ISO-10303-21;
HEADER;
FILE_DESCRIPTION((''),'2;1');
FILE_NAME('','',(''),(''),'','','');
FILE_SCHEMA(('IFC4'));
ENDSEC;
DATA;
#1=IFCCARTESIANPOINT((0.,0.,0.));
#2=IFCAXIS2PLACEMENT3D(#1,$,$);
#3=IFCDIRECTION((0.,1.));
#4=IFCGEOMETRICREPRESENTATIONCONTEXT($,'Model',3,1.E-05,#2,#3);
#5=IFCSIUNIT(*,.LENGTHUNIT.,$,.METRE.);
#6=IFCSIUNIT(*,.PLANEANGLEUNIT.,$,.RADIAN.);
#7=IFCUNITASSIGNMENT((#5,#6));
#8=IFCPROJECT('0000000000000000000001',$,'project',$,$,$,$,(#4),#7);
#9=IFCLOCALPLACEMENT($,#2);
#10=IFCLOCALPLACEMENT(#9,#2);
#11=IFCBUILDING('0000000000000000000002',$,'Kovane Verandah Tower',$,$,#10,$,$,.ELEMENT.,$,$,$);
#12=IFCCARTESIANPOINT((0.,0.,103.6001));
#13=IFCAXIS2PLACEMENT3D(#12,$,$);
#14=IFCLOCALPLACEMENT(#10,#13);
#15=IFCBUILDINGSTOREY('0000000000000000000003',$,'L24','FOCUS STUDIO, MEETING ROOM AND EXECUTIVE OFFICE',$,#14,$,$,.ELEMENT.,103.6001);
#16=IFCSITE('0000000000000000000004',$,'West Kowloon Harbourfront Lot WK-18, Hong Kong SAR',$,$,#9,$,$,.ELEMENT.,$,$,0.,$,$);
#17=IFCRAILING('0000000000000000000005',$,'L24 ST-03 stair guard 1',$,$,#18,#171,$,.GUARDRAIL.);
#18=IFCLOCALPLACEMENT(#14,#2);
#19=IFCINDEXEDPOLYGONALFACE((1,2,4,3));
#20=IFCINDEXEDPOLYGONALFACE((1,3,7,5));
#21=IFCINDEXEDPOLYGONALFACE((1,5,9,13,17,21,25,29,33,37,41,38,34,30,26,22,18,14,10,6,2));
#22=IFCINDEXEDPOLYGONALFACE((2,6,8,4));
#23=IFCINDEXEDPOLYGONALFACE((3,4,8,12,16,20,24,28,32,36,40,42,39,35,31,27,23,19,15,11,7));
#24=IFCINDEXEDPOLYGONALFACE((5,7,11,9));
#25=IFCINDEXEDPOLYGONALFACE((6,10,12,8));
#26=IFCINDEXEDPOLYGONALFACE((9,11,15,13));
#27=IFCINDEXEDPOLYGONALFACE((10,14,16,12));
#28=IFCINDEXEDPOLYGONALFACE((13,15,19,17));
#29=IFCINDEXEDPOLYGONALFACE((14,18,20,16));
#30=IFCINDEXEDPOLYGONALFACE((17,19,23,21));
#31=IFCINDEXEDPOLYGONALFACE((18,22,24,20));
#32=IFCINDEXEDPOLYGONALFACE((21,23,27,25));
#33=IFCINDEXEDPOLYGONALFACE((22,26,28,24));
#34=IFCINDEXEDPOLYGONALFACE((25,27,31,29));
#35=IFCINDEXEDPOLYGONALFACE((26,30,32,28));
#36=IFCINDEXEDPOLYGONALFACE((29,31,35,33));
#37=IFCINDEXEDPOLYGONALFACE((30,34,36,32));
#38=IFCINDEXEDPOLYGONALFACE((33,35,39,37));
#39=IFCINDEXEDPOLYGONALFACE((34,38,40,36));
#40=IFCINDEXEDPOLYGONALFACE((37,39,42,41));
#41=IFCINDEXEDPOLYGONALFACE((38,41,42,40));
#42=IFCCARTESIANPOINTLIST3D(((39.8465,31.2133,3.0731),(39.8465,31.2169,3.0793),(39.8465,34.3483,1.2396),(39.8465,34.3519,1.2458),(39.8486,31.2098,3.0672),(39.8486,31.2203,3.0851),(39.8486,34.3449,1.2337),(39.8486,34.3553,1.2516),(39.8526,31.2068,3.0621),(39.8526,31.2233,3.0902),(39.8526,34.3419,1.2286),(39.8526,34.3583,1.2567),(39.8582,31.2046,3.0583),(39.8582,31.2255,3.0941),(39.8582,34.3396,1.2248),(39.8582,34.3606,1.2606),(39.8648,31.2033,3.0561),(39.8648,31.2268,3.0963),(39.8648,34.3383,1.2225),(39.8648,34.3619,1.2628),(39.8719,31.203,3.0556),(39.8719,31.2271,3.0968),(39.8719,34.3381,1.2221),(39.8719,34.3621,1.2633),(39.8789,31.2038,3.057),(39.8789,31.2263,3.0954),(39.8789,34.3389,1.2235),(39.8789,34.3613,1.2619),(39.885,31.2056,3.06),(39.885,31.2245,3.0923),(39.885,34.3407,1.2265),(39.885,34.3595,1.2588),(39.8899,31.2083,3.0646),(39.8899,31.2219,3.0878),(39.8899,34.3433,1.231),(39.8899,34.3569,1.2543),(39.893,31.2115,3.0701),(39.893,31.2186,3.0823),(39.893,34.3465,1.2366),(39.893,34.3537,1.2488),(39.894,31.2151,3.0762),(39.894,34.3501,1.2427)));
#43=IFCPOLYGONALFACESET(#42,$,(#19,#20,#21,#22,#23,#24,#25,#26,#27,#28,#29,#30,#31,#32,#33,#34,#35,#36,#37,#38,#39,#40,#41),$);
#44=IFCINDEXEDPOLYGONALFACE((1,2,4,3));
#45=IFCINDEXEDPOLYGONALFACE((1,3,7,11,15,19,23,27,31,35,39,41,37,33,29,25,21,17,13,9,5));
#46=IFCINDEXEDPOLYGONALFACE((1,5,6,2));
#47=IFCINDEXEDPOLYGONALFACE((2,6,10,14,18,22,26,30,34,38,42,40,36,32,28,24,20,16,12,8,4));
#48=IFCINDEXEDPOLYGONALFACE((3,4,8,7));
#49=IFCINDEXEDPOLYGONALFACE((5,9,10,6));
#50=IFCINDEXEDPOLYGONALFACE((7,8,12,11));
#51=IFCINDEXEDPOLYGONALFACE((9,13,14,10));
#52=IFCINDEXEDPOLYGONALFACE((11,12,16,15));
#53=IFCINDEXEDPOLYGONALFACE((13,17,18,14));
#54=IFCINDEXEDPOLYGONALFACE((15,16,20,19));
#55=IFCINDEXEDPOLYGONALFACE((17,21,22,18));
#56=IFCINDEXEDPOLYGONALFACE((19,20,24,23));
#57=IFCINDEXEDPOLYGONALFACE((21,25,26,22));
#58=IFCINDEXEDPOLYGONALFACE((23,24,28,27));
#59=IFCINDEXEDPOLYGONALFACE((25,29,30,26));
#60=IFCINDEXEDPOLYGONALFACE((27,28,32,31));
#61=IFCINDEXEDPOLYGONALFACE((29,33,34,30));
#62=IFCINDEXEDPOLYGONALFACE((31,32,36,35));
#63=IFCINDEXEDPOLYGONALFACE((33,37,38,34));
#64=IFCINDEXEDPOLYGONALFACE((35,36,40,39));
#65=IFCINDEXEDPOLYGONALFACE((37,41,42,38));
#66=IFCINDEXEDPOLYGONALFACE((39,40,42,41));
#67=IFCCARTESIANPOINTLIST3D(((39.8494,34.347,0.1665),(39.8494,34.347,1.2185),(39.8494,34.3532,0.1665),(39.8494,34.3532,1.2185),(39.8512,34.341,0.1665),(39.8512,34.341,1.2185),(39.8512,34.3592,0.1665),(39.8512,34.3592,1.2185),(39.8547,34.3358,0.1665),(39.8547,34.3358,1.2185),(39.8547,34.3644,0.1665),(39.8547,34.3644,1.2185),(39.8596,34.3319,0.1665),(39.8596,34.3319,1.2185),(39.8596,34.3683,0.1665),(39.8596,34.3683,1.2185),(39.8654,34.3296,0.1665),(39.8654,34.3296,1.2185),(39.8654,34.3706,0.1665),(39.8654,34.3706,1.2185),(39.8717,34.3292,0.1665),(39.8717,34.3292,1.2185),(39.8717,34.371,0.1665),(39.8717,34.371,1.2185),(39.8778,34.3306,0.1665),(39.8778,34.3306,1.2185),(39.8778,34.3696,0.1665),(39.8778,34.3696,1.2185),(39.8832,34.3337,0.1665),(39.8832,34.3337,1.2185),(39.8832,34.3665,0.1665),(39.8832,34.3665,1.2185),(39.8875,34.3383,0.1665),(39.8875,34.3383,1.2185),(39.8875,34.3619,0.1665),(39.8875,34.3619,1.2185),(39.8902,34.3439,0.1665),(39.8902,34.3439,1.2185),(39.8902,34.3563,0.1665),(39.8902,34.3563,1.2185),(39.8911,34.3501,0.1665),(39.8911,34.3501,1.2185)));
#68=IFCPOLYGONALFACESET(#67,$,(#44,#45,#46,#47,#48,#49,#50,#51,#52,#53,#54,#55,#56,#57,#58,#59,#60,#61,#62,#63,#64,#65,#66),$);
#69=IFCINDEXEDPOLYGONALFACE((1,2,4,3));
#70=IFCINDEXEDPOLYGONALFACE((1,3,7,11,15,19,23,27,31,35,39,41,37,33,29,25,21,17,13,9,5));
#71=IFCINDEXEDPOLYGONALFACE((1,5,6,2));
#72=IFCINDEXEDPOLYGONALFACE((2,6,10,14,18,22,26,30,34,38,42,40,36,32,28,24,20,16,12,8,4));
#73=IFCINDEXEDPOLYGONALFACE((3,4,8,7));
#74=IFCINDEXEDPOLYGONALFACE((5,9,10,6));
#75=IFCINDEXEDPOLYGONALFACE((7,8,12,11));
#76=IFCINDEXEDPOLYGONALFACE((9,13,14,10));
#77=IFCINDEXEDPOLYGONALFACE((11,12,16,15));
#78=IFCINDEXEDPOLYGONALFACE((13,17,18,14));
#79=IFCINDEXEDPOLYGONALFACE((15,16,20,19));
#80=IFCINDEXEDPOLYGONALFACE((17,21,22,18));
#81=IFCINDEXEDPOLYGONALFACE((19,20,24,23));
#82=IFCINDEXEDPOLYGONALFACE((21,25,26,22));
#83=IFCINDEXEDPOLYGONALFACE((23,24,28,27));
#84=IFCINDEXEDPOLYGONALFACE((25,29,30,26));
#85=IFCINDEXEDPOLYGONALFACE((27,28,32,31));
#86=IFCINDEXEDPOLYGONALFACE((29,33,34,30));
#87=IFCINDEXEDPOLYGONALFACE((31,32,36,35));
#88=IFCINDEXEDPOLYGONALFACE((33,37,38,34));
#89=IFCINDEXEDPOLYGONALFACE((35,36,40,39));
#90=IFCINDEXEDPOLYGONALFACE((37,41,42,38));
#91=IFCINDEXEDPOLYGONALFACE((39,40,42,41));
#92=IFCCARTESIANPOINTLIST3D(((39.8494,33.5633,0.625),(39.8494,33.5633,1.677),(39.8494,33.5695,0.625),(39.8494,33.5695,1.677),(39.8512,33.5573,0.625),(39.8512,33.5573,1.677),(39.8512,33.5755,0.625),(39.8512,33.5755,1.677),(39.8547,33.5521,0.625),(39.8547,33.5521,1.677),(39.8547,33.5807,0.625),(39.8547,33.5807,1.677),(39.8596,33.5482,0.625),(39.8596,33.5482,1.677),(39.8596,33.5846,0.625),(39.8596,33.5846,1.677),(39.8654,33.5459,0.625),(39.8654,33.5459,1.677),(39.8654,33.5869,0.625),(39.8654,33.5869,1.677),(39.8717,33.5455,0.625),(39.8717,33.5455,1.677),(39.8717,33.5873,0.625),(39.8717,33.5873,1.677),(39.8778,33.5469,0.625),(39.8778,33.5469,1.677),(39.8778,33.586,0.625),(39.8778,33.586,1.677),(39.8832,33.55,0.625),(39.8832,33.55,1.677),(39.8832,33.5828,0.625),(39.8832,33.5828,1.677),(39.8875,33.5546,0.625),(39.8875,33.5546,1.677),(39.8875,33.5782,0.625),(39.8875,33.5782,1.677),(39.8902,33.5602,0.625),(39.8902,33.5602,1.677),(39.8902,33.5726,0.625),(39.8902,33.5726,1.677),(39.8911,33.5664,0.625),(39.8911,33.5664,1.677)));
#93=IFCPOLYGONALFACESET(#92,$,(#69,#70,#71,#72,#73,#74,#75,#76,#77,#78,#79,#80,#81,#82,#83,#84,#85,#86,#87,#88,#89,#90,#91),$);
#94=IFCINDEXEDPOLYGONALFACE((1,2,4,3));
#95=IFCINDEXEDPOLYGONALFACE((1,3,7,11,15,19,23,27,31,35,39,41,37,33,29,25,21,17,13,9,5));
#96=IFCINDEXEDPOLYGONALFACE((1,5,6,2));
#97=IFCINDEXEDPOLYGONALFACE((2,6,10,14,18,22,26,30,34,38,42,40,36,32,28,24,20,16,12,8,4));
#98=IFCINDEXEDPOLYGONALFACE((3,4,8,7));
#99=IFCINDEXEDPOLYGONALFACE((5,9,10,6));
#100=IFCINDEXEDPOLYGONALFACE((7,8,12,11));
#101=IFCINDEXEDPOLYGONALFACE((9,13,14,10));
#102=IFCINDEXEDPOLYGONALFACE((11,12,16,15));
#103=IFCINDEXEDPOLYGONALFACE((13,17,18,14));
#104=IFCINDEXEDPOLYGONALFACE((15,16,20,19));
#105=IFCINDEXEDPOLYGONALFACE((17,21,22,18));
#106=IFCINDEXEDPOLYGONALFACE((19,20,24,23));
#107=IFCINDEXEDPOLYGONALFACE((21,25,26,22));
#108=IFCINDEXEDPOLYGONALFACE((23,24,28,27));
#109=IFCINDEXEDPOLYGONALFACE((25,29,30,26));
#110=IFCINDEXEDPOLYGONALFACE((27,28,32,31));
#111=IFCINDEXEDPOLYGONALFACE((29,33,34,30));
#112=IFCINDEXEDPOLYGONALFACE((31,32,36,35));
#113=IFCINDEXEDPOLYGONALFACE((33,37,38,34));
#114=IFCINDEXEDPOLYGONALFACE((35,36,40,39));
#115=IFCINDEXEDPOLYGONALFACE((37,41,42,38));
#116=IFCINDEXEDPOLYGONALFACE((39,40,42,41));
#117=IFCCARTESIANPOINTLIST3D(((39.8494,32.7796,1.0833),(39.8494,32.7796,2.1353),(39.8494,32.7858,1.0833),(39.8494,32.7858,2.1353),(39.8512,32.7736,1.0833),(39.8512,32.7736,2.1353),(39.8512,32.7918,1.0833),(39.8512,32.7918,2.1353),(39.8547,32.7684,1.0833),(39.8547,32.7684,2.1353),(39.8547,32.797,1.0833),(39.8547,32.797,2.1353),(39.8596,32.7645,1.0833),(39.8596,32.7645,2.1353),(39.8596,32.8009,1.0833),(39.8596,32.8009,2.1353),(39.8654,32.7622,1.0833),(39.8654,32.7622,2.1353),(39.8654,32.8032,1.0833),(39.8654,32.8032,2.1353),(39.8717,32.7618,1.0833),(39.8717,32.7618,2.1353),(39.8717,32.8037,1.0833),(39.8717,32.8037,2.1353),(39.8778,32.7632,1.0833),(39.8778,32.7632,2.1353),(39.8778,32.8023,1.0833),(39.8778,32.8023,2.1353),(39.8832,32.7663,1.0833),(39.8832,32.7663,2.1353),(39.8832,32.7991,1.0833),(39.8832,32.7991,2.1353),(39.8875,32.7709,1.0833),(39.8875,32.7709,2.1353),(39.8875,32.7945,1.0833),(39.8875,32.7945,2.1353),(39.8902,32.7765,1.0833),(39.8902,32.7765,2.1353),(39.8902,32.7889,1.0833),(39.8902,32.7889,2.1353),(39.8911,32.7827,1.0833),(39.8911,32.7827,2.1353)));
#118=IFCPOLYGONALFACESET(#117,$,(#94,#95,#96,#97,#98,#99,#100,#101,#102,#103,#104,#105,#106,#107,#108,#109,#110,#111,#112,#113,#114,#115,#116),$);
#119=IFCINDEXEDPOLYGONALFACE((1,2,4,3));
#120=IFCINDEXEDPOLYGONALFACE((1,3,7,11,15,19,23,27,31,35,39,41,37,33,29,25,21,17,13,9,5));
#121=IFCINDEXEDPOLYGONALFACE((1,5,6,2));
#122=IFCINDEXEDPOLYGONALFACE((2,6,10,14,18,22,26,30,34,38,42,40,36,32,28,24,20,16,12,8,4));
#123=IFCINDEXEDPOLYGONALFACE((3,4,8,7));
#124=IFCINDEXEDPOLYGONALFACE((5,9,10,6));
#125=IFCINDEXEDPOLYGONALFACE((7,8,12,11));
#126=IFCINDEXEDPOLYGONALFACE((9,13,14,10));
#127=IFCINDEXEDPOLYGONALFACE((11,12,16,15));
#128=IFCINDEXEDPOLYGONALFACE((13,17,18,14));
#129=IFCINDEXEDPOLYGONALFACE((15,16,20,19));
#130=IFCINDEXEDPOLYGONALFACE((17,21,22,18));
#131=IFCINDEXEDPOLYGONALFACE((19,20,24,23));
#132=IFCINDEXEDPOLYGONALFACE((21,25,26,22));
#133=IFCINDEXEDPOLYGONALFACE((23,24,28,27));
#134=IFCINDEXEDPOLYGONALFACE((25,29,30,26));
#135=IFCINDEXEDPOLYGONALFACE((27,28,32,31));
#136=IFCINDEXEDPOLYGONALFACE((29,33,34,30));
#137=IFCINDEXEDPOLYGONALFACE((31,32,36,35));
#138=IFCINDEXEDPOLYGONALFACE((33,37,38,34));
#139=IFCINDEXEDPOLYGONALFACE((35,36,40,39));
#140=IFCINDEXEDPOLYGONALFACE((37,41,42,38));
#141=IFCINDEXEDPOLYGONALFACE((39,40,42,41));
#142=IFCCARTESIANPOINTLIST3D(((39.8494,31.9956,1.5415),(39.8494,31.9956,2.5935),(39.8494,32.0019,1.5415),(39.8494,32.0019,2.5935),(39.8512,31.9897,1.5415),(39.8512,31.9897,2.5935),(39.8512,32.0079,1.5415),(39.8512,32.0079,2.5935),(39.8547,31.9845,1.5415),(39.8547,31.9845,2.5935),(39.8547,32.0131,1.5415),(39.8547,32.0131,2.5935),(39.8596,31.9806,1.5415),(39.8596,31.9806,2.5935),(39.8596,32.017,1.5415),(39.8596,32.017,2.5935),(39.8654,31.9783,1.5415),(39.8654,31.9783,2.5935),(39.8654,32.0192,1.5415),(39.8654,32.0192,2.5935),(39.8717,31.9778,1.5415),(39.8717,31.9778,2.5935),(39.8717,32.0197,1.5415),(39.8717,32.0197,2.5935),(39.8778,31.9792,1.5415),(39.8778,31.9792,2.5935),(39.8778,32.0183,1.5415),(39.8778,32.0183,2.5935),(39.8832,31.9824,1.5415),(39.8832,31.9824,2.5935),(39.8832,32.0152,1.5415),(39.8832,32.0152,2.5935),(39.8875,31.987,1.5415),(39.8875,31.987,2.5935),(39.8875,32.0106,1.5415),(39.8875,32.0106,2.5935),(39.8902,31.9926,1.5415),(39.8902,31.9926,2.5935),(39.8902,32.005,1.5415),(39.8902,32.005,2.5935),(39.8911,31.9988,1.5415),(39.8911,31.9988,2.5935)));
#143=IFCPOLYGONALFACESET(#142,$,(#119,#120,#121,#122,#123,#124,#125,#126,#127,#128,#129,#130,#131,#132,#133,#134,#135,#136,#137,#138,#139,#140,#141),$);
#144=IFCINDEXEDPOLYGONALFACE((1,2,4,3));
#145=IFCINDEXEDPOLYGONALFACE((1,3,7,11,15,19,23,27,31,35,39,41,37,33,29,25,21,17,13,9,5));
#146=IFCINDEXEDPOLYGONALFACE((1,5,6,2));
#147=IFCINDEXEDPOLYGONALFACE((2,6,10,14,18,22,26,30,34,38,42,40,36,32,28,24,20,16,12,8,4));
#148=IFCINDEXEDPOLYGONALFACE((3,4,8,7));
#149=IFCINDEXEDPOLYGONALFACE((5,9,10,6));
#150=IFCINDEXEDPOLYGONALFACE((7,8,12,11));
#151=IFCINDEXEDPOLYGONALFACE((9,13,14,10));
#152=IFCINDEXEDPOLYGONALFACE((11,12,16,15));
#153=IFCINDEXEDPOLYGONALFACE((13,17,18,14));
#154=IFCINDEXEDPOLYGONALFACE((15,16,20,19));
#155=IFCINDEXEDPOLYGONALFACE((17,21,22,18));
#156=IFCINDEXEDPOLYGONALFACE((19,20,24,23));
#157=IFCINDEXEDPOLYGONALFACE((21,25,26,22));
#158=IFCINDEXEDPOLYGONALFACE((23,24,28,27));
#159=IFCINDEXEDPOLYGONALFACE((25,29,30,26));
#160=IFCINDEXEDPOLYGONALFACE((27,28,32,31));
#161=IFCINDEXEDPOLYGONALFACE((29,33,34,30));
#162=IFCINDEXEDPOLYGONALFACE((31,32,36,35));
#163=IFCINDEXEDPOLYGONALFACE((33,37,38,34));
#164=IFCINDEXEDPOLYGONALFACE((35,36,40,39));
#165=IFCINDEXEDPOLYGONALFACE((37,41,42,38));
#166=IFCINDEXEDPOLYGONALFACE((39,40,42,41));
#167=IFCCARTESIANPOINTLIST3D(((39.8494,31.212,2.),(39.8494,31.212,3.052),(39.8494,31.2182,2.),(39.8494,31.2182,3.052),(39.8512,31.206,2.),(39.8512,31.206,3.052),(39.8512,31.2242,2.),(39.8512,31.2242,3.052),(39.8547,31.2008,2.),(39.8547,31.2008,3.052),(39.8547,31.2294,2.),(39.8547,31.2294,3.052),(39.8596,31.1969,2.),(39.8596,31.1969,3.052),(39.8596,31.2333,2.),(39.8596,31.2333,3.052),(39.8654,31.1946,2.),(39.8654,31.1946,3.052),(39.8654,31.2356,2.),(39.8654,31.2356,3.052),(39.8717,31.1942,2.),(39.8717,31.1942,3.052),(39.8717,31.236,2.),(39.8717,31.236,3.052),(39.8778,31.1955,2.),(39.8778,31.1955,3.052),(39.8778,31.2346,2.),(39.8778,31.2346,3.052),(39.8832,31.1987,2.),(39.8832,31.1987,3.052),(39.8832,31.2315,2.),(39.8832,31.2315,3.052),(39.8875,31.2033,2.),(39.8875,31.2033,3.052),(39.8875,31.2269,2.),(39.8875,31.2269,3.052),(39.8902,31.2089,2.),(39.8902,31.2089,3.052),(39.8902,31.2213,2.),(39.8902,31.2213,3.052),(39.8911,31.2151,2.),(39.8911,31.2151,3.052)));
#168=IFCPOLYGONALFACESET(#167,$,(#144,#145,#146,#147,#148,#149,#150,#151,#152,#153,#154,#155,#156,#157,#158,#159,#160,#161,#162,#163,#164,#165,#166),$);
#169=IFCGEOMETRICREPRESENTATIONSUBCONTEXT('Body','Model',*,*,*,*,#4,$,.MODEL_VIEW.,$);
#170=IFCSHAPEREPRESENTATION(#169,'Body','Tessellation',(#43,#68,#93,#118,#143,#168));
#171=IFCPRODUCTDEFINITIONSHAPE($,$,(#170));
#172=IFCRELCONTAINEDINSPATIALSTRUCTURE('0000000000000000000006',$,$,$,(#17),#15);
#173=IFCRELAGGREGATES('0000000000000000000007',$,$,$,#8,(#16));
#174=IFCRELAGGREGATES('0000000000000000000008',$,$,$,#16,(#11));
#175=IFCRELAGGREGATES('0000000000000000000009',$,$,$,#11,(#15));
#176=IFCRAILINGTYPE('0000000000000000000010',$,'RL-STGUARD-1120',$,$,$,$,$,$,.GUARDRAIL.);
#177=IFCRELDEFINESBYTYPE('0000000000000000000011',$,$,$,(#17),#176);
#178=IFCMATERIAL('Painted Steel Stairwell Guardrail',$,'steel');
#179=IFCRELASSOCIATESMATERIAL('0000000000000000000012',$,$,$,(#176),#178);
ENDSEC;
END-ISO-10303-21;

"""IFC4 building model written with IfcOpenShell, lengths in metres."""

from ifc_helpers import new_model, si_unit, direction, frame, origin, origin_2d, place, context, subcontext, project, spatial, circle, extrude, material, type_object, element, save


model = new_model("IFC4")

# Units and contexts
model_context = context("Model", 3, precision=1e-05, world=origin(), true_north=direction((0.0, 1.0)))
body_context = subcontext(model_context, "Body", "Model", "MODEL_VIEW")
ifc_project = project(units=[si_unit("LENGTHUNIT", "METRE"), si_unit("PLANEANGLEUNIT", "RADIAN")], contexts=[model_context])

# Site, building, storey
site_placement = place(None, origin())
site = spatial("IfcSite", under=ifc_project, at=site_placement, Name="West Kowloon Harbourfront Lot WK-18, Hong Kong SAR", CompositionType="ELEMENT", RefElevation=0.0)
building_placement = place(site_placement, origin())
building = spatial("IfcBuilding", under=site, at=building_placement, Name="Kovane Verandah Tower", CompositionType="ELEMENT")
storey_placement = place(building_placement, frame((0.0, 0.0, 103.6001)))
storey = spatial("IfcBuildingStorey", under=building, at=storey_placement, Name="L24", Description="FOCUS STUDIO, MEETING ROOM AND EXECUTIVE OFFICE", CompositionType="ELEMENT", Elevation=103.6001)

# Railing
ifc_material_1 = material(Name="Painted Steel Stairwell Guardrail", Category="steel")
railing_type_1 = type_object("IfcRailingType", Name="RL-STGUARD-1120", PredefinedType="GUARDRAIL", material=ifc_material_1)
railing_1_placement = place(storey_placement, frame((39.8701, 34.3501, 0.1665)))
element("IfcRailing", 1, at=railing_1_placement, inside=storey, type_object=railing_type_1, Name="L24 ST-03 stair guard 1", PredefinedType="GUARDRAIL", context=body_context, shape_type="SweptSolid", body=[
    extrude(circle(Radius=0.0239, at=origin_2d()), frame((0.0, 0.0, 1.0762), z_axis=(0.0, -0.86321, 0.504845), x_axis=(1.0, 0.0, 0.0)), (0.0, 0.0, 1.0), 3.6318),
    extrude(circle(Radius=0.021, at=origin_2d()), origin(), (0.0, 0.0, 1.0), 1.052),
    extrude(circle(Radius=0.021, at=origin_2d()), frame((0.0, -0.7837, 0.4585)), (0.0, 0.0, 1.0), 1.052),
    extrude(circle(Radius=0.021, at=origin_2d()), frame((0.0, -1.5674, 0.9167)), (0.0, 0.0, 1.0), 1.052),
    extrude(circle(Radius=0.021, at=origin_2d()), frame((0.0, -2.3513, 1.375)), (0.0, 0.0, 1.0), 1.052),
    extrude(circle(Radius=0.021, at=origin_2d()), frame((0.0, -3.135, 1.8335)), (0.0, 0.0, 1.0), 1.052),
])

save(model, "model.ifc")
